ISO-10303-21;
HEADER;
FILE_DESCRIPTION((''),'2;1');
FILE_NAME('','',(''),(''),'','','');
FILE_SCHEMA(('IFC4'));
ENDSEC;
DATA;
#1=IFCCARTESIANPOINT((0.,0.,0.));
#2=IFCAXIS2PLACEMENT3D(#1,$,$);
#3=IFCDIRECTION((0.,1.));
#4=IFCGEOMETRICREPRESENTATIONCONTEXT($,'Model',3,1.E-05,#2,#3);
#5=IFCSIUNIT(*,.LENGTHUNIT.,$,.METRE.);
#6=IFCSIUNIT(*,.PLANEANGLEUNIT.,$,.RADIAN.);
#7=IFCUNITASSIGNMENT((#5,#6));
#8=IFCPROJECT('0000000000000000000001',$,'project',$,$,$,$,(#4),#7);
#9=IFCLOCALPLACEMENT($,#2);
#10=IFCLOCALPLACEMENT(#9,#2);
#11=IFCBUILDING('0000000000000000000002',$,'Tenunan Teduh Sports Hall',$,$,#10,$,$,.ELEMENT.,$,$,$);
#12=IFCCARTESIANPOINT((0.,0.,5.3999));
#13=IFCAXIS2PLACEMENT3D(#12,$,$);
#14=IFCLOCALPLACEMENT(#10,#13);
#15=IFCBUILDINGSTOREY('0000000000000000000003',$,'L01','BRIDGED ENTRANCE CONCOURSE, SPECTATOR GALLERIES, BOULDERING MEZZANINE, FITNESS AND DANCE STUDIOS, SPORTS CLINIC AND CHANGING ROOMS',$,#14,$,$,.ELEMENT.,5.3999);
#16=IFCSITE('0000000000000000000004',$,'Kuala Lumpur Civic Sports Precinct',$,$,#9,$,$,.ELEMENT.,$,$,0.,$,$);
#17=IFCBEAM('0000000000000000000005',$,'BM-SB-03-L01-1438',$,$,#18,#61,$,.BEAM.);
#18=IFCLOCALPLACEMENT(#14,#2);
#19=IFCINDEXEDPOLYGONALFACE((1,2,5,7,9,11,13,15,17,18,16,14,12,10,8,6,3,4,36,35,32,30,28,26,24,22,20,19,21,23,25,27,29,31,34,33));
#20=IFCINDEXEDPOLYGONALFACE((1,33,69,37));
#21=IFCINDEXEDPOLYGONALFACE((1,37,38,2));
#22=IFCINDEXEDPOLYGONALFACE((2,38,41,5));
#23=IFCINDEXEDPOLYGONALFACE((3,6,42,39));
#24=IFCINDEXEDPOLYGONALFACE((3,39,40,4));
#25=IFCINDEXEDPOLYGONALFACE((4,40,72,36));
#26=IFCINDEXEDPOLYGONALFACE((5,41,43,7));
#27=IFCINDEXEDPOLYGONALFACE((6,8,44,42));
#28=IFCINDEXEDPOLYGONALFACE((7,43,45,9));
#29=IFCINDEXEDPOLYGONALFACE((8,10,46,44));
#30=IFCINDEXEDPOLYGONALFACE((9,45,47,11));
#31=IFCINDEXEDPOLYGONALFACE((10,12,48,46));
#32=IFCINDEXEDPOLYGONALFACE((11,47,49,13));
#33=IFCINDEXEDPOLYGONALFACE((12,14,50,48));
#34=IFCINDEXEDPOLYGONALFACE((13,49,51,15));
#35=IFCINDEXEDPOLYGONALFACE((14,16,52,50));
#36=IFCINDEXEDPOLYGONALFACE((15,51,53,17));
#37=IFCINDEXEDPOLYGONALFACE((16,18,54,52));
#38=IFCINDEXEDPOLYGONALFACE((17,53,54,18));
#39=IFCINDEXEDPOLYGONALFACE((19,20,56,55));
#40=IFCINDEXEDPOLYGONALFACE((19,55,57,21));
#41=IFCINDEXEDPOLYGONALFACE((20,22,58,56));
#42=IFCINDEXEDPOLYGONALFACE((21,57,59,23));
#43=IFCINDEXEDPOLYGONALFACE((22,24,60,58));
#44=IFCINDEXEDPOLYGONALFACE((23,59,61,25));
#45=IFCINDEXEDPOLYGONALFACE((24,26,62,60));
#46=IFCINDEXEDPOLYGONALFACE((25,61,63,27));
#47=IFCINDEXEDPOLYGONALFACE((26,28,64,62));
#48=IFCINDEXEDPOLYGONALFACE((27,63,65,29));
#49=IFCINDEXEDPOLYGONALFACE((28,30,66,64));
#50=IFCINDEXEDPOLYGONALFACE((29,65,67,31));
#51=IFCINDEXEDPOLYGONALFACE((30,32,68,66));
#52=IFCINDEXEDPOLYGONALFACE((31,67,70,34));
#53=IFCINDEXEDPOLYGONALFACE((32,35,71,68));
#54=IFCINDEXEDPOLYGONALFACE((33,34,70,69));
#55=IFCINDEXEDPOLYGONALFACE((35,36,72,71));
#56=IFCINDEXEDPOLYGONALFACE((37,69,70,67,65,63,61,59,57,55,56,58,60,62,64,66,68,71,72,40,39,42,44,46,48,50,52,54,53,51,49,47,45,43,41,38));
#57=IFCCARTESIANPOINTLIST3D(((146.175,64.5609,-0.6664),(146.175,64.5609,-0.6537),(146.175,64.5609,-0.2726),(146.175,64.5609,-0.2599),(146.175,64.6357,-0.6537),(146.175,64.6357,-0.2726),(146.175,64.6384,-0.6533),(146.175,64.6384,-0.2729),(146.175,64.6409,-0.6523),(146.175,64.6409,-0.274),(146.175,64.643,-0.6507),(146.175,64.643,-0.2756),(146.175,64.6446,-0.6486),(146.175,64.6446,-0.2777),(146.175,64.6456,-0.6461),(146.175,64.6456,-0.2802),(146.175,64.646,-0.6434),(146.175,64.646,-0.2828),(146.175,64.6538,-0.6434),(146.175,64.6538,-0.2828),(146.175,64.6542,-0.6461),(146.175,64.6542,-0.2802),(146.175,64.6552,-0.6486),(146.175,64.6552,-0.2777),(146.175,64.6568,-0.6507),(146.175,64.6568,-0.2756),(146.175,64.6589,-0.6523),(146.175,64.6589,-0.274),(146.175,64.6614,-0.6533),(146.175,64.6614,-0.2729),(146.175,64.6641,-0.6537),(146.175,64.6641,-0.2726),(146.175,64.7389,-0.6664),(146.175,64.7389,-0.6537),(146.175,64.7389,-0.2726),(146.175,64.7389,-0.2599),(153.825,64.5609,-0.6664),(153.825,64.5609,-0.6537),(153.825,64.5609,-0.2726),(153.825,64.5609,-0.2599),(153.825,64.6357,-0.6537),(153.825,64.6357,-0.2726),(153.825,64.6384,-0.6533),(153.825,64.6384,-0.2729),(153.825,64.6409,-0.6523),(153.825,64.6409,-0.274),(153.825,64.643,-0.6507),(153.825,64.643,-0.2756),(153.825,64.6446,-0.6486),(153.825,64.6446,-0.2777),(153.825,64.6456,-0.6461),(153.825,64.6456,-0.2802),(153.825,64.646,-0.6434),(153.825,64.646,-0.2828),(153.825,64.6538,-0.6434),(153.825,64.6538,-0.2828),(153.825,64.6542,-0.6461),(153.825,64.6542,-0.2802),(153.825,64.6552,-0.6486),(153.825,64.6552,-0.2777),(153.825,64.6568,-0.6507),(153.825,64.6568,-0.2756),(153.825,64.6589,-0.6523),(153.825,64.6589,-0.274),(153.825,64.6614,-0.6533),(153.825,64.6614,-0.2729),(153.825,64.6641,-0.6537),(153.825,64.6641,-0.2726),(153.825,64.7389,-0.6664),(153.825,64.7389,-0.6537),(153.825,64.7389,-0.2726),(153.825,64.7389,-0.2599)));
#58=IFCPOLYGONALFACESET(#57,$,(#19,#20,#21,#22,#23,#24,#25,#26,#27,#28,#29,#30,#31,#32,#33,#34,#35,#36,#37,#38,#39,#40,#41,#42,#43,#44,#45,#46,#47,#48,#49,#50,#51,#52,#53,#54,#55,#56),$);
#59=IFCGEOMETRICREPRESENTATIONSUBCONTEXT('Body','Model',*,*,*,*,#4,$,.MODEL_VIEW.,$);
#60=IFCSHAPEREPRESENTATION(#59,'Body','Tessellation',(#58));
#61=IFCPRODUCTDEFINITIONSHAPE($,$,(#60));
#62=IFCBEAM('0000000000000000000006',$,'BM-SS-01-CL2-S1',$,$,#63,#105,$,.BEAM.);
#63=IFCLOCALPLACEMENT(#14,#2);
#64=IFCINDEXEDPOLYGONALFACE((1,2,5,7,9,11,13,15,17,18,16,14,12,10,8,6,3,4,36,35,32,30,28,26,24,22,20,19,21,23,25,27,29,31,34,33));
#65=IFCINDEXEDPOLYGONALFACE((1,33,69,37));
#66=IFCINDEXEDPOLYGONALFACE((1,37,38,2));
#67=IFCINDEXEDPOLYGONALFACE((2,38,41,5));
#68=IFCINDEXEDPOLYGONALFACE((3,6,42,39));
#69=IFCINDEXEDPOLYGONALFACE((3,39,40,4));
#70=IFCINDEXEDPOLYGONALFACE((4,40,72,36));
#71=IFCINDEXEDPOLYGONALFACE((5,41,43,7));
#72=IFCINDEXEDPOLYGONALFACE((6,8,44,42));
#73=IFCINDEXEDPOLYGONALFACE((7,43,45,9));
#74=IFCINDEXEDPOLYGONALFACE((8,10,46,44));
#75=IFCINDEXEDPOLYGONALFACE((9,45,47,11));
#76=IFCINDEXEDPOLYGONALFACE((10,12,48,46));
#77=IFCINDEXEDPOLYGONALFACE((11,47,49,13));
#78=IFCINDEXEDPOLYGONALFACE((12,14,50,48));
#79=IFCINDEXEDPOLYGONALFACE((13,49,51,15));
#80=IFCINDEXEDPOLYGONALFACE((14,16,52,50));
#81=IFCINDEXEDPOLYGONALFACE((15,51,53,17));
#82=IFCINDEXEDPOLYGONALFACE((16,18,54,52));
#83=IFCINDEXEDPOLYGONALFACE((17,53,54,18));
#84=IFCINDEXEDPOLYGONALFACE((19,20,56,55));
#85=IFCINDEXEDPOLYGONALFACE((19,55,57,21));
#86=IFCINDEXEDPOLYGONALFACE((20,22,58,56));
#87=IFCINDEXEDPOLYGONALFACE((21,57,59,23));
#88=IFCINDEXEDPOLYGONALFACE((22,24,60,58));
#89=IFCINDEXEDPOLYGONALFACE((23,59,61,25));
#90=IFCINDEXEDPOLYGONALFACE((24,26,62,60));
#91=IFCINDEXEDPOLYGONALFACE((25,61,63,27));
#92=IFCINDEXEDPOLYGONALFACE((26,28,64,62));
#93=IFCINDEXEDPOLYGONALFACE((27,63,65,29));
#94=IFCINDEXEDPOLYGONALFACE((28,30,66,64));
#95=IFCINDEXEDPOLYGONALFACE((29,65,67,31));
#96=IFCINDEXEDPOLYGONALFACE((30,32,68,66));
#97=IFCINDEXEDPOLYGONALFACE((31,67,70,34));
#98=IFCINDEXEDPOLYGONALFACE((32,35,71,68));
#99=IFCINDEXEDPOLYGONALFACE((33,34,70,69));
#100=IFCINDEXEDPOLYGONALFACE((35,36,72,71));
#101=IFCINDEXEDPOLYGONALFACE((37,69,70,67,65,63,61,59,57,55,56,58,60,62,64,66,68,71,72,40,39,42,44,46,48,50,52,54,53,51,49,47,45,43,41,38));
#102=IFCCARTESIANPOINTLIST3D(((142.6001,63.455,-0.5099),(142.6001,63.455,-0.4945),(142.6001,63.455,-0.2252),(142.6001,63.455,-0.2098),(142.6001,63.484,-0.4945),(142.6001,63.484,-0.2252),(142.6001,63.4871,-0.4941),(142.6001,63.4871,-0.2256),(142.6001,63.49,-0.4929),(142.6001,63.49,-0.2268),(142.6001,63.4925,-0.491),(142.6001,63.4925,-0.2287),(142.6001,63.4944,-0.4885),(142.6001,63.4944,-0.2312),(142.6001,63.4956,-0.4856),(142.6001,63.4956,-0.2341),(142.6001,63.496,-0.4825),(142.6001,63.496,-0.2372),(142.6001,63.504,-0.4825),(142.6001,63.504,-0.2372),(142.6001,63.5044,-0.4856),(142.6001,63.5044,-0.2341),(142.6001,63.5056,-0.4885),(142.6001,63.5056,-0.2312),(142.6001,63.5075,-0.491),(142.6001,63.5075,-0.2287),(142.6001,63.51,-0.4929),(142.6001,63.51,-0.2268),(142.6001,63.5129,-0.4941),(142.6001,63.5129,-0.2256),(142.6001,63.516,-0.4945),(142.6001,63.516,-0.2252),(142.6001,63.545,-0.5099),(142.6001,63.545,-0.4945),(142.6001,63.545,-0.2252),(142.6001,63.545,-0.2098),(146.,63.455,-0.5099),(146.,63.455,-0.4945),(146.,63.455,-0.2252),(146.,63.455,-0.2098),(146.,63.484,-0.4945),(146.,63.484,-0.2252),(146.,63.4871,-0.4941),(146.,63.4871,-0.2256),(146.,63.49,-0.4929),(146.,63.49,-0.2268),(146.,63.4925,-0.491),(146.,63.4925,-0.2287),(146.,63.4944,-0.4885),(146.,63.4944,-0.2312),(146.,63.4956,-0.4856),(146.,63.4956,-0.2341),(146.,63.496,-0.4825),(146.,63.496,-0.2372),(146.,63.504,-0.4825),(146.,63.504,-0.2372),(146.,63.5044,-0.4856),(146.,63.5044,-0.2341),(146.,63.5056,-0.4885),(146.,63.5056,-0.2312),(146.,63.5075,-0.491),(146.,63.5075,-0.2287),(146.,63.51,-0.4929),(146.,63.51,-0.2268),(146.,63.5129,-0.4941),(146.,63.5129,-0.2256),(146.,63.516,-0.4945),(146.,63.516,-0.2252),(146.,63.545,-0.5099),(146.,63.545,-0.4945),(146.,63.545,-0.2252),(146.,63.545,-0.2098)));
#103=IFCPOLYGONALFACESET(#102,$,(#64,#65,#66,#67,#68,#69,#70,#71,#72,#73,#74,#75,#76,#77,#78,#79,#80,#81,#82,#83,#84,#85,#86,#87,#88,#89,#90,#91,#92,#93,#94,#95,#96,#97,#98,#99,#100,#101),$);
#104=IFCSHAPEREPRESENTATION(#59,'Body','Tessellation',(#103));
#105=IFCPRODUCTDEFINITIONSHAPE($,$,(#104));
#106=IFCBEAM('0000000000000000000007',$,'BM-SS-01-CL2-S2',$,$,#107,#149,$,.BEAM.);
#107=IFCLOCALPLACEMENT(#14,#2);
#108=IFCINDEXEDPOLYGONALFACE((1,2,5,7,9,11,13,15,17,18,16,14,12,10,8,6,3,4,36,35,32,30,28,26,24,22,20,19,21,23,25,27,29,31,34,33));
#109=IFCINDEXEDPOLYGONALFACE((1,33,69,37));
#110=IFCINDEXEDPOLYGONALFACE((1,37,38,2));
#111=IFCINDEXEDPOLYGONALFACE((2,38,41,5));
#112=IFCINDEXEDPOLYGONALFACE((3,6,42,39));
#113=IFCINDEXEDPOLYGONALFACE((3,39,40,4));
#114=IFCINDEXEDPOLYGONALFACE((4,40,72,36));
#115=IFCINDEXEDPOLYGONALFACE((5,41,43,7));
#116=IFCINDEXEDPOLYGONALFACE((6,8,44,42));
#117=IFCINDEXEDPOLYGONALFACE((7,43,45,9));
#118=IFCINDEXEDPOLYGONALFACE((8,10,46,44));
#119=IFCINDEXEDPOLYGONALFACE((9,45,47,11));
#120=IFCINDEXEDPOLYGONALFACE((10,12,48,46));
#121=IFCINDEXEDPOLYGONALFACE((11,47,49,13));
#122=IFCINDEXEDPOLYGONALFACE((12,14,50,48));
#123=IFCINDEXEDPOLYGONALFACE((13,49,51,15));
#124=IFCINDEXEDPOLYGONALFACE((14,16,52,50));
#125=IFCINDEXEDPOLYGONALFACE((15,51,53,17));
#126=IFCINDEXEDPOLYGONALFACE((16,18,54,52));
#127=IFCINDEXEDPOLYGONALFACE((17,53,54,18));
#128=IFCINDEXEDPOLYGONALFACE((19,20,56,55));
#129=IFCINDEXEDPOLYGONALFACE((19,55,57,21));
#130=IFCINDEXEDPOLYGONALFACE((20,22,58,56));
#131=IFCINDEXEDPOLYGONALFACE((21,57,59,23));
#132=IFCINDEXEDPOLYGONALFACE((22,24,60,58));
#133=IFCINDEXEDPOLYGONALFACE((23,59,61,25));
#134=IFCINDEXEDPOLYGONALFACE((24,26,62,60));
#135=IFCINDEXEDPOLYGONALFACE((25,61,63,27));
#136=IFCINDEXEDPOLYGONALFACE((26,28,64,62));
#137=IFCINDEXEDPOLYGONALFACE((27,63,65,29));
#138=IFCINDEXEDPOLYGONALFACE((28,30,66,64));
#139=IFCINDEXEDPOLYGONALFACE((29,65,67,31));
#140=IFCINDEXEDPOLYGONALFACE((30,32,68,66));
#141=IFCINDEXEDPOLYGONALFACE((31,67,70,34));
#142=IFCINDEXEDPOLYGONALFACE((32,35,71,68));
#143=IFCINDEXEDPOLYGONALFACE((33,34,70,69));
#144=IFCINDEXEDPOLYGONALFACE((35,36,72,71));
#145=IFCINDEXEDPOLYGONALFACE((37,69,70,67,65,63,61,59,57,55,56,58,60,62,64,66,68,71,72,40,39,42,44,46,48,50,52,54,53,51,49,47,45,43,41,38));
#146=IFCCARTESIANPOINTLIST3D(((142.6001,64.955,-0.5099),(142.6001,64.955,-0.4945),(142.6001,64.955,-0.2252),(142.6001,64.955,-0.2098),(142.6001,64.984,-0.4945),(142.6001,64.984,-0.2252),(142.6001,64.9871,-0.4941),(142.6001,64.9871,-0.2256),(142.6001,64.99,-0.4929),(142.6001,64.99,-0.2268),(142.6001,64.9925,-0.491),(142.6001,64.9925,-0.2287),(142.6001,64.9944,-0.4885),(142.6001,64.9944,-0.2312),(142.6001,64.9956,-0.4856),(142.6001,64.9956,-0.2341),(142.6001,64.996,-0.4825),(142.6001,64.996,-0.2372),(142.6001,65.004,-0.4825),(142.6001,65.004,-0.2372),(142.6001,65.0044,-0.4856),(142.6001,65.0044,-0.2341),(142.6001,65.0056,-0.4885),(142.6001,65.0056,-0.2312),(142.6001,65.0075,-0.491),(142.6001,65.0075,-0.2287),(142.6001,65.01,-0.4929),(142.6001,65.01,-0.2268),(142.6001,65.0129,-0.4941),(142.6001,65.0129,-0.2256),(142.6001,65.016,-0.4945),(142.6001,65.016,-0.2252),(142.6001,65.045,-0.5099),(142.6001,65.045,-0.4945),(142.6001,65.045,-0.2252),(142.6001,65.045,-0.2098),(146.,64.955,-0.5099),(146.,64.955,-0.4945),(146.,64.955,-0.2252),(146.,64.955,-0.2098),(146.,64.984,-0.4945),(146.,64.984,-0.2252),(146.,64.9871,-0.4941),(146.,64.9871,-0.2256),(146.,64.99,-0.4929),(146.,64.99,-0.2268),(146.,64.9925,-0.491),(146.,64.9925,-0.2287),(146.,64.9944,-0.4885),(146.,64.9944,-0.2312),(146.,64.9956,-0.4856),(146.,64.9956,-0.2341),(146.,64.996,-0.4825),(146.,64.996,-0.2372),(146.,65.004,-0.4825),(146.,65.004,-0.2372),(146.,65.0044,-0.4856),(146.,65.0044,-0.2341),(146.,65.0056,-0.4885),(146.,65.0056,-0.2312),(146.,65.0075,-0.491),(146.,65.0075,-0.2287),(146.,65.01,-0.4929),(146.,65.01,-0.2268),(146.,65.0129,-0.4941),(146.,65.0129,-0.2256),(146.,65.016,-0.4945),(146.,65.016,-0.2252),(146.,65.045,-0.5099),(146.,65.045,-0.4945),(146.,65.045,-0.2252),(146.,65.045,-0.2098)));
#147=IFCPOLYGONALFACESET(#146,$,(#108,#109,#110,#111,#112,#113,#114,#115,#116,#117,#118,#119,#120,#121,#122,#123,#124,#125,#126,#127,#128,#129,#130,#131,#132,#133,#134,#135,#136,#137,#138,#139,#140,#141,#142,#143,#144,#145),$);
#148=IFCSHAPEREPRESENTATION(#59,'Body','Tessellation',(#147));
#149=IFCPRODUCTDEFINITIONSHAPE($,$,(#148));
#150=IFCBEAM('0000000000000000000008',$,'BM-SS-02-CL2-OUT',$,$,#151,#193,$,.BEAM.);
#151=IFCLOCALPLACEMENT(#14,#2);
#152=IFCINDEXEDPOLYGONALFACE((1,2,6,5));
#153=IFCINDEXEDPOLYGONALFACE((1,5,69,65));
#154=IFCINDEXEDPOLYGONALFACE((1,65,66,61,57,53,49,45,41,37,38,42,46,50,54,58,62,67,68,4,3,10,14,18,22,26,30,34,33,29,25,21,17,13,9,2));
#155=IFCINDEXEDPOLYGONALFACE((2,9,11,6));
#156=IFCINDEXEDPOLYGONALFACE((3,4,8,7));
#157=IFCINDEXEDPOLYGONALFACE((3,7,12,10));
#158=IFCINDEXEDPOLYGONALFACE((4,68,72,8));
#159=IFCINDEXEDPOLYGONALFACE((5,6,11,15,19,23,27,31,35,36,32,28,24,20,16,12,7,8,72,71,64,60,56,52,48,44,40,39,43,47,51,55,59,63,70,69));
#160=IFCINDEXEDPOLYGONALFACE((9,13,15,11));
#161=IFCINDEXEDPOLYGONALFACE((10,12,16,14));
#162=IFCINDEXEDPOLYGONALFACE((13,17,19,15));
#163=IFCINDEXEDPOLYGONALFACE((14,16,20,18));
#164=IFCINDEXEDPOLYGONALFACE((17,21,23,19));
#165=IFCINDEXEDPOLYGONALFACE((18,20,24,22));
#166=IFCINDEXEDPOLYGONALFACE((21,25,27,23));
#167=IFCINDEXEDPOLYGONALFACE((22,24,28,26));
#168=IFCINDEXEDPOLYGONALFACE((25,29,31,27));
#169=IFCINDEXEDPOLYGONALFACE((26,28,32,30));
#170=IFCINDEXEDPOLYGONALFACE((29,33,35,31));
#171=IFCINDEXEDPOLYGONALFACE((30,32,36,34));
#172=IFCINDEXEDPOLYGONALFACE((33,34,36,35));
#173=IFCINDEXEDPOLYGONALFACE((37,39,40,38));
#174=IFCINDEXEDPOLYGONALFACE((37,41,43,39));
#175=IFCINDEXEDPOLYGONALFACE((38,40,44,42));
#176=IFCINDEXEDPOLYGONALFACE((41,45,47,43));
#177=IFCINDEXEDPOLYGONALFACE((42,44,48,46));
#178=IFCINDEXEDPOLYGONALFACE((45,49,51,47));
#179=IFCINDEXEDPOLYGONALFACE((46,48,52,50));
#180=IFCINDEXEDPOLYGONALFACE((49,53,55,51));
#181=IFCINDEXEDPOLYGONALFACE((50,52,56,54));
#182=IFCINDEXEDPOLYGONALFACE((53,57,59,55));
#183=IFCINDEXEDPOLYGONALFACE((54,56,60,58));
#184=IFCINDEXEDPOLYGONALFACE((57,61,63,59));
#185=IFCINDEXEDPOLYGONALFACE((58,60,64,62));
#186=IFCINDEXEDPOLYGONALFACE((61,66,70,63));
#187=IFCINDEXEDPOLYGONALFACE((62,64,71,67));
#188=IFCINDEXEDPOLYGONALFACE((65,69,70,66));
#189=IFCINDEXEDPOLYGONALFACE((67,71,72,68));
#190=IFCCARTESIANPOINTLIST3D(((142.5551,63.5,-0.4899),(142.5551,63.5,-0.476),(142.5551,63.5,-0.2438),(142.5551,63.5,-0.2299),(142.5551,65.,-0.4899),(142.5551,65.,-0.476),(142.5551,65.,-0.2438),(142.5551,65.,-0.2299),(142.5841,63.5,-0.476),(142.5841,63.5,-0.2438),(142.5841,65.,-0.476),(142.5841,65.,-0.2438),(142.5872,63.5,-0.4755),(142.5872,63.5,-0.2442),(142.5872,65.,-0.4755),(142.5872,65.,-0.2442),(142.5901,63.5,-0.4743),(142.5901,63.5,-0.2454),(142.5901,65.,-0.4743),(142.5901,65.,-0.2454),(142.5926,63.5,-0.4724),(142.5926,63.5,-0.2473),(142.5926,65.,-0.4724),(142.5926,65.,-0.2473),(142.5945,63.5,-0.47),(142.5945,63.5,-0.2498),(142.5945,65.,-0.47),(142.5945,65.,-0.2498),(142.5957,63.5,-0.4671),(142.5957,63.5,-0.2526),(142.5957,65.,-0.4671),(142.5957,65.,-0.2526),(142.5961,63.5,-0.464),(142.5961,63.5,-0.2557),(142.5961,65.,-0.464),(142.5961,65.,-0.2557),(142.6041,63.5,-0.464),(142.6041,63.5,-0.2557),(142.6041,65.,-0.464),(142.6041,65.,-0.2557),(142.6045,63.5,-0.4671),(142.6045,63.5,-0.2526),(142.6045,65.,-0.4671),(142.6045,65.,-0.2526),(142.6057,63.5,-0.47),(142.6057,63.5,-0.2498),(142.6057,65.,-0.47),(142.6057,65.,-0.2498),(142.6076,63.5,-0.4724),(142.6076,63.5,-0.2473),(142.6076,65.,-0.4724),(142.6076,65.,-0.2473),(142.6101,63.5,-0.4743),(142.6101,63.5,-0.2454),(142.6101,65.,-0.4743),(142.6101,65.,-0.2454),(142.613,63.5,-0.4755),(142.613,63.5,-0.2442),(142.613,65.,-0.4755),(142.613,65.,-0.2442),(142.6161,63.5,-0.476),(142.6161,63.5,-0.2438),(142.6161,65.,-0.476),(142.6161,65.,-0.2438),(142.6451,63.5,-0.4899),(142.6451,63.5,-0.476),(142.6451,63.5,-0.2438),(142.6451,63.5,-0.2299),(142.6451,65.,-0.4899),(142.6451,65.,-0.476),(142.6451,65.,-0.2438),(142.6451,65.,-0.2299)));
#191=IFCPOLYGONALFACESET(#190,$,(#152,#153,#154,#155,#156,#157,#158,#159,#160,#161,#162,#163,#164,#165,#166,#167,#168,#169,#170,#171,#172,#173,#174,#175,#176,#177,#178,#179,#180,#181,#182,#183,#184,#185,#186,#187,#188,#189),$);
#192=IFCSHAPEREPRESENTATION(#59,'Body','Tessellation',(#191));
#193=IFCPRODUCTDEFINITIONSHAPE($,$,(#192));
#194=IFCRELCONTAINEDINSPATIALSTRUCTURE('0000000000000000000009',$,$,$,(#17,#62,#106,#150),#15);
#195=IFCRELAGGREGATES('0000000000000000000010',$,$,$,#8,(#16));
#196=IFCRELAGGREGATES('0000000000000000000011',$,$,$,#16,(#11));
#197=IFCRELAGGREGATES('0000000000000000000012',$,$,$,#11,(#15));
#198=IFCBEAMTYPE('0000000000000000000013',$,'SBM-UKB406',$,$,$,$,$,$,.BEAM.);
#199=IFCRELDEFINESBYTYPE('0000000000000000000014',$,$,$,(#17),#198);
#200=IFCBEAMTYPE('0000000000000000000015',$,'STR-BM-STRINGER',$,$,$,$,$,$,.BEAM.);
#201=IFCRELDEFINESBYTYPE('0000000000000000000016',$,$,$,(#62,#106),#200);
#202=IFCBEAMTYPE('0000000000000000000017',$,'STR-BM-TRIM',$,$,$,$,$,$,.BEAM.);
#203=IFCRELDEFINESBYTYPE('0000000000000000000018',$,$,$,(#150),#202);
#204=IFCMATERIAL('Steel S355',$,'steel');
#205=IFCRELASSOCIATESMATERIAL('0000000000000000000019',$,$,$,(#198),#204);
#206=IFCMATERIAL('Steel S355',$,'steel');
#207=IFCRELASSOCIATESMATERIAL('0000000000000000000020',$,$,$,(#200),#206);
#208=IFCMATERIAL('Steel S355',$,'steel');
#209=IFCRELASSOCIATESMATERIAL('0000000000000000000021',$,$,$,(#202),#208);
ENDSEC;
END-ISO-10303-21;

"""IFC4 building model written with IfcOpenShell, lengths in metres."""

from ifc_helpers import new_model, si_unit, direction, frame, origin, origin_2d, place, context, subcontext, project, spatial, i_section, extrude, material, material_profile, profile_set, type_object, element, save


model = new_model("IFC4")

# Units and contexts
model_context = context("Model", 3, precision=1e-05, world=origin(), true_north=direction((0.0, 1.0)))
body_context = subcontext(model_context, "Body", "Model", "MODEL_VIEW")
ifc_project = project(units=[si_unit("LENGTHUNIT", "METRE"), si_unit("PLANEANGLEUNIT", "RADIAN")], contexts=[model_context])

# Site, building, storey
site_placement = place(None, origin())
site = spatial("IfcSite", under=ifc_project, at=site_placement, Name="Kuala Lumpur Civic Sports Precinct", CompositionType="ELEMENT", RefElevation=0.0)
building_placement = place(site_placement, origin())
building = spatial("IfcBuilding", under=site, at=building_placement, Name="Tenunan Teduh Sports Hall", CompositionType="ELEMENT")
storey_placement = place(building_placement, frame((0.0, 0.0, 5.3999)))
storey = spatial("IfcBuildingStorey", under=building, at=storey_placement, Name="L01", Description="BRIDGED ENTRANCE CONCOURSE, SPECTATOR GALLERIES, BOULDERING MEZZANINE, FITNESS AND DANCE STUDIOS, SPORTS CLINIC AND CHANGING ROOMS", CompositionType="ELEMENT", Elevation=5.3999)

# Beams
ifc_material_1 = material(Name="Steel S355", Category="steel")
ifc_material_profile_1 = material_profile(ifc_material_1, i_section(OverallWidth=0.178, OverallDepth=0.4065, WebThickness=0.0078, FlangeThickness=0.0127, FilletRadius=0.0103, at=origin_2d()), Name="UKB 406x178x60")
ifc_profile_set_1 = profile_set([ifc_material_profile_1], Name="Steel S355")
beam_type_1 = type_object("IfcBeamType", Name="SBM-UKB406", PredefinedType="BEAM", material=ifc_profile_set_1)
beam_1_placement = place(storey_placement, frame((146.175, 64.6499, -0.4631), z_axis=(1.0, 0.0, 0.0), x_axis=(0.0, 1.0, 0.0)))
element("IfcBeam", 1, at=beam_1_placement, inside=storey, type_object=beam_type_1, Name="BM-SB-03-L01-1438", PredefinedType="BEAM", context=body_context, shape_type="SweptSolid", body=[
    extrude(i_section(OverallWidth=0.178, OverallDepth=0.4065, WebThickness=0.0078, FlangeThickness=0.0127, FilletRadius=0.0103, at=origin_2d()), origin(), (0.0, 0.0, 1.0), 7.6499),
])
ifc_material_2 = material(Name="Steel S355", Category="steel")
ifc_material_profile_2 = material_profile(ifc_material_2, i_section(OverallWidth=0.0901, OverallDepth=0.3, WebThickness=0.0081, FlangeThickness=0.0154, FilletRadius=0.012, at=origin_2d()), Name="PFC 300x90")
ifc_profile_set_2 = profile_set([ifc_material_profile_2], Name="Steel S355")
beam_type_2 = type_object("IfcBeamType", Name="STR-BM-STRINGER", PredefinedType="BEAM", material=ifc_profile_set_2)
for number, where, z_axis, x_axis, name in (
    (2, (142.6001, 63.5, -0.3599), (1.0, 0.0, 0.0), (0.0, 1.0, 0.0), "BM-SS-01-CL2-S1"),
    (3, (142.6001, 65.0, -0.3599), (1.0, 0.0, 0.0), (0.0, 1.0, 0.0), "BM-SS-01-CL2-S2"),
):
    element("IfcBeam", number, at=place(storey_placement, frame(where, z_axis=z_axis, x_axis=x_axis)), inside=storey, type_object=beam_type_2, Name=name, PredefinedType="BEAM", context=body_context, shape_type="SweptSolid", body=[
        extrude(i_section(OverallWidth=0.0901, OverallDepth=0.3, WebThickness=0.0081, FlangeThickness=0.0154, FilletRadius=0.012, at=origin_2d()), origin(), (0.0, 0.0, 1.0), 3.3999),
    ])
ifc_material_3 = material(Name="Steel S355", Category="steel")
ifc_material_profile_3 = material_profile(ifc_material_3, i_section(OverallWidth=0.0901, OverallDepth=0.26, WebThickness=0.0081, FlangeThickness=0.0139, FilletRadius=0.012, at=origin_2d()), Name="PFC 260x90")
ifc_profile_set_3 = profile_set([ifc_material_profile_3], Name="Steel S355")
beam_type_3 = type_object("IfcBeamType", Name="STR-BM-TRIM", PredefinedType="BEAM", material=ifc_profile_set_3)
beam_2_placement = place(storey_placement, frame((142.6001, 63.5, -0.3599), z_axis=(0.0, 1.0, 0.0), x_axis=(-1.0, 0.0, 0.0)))
element("IfcBeam", 4, at=beam_2_placement, inside=storey, type_object=beam_type_3, Name="BM-SS-02-CL2-OUT", PredefinedType="BEAM", context=body_context, shape_type="SweptSolid", body=[
    extrude(i_section(OverallWidth=0.0901, OverallDepth=0.26, WebThickness=0.0081, FlangeThickness=0.0139, FilletRadius=0.012, at=origin_2d()), origin(), (0.0, 0.0, 1.0), 1.5),
])

save(model, "model.ifc")
